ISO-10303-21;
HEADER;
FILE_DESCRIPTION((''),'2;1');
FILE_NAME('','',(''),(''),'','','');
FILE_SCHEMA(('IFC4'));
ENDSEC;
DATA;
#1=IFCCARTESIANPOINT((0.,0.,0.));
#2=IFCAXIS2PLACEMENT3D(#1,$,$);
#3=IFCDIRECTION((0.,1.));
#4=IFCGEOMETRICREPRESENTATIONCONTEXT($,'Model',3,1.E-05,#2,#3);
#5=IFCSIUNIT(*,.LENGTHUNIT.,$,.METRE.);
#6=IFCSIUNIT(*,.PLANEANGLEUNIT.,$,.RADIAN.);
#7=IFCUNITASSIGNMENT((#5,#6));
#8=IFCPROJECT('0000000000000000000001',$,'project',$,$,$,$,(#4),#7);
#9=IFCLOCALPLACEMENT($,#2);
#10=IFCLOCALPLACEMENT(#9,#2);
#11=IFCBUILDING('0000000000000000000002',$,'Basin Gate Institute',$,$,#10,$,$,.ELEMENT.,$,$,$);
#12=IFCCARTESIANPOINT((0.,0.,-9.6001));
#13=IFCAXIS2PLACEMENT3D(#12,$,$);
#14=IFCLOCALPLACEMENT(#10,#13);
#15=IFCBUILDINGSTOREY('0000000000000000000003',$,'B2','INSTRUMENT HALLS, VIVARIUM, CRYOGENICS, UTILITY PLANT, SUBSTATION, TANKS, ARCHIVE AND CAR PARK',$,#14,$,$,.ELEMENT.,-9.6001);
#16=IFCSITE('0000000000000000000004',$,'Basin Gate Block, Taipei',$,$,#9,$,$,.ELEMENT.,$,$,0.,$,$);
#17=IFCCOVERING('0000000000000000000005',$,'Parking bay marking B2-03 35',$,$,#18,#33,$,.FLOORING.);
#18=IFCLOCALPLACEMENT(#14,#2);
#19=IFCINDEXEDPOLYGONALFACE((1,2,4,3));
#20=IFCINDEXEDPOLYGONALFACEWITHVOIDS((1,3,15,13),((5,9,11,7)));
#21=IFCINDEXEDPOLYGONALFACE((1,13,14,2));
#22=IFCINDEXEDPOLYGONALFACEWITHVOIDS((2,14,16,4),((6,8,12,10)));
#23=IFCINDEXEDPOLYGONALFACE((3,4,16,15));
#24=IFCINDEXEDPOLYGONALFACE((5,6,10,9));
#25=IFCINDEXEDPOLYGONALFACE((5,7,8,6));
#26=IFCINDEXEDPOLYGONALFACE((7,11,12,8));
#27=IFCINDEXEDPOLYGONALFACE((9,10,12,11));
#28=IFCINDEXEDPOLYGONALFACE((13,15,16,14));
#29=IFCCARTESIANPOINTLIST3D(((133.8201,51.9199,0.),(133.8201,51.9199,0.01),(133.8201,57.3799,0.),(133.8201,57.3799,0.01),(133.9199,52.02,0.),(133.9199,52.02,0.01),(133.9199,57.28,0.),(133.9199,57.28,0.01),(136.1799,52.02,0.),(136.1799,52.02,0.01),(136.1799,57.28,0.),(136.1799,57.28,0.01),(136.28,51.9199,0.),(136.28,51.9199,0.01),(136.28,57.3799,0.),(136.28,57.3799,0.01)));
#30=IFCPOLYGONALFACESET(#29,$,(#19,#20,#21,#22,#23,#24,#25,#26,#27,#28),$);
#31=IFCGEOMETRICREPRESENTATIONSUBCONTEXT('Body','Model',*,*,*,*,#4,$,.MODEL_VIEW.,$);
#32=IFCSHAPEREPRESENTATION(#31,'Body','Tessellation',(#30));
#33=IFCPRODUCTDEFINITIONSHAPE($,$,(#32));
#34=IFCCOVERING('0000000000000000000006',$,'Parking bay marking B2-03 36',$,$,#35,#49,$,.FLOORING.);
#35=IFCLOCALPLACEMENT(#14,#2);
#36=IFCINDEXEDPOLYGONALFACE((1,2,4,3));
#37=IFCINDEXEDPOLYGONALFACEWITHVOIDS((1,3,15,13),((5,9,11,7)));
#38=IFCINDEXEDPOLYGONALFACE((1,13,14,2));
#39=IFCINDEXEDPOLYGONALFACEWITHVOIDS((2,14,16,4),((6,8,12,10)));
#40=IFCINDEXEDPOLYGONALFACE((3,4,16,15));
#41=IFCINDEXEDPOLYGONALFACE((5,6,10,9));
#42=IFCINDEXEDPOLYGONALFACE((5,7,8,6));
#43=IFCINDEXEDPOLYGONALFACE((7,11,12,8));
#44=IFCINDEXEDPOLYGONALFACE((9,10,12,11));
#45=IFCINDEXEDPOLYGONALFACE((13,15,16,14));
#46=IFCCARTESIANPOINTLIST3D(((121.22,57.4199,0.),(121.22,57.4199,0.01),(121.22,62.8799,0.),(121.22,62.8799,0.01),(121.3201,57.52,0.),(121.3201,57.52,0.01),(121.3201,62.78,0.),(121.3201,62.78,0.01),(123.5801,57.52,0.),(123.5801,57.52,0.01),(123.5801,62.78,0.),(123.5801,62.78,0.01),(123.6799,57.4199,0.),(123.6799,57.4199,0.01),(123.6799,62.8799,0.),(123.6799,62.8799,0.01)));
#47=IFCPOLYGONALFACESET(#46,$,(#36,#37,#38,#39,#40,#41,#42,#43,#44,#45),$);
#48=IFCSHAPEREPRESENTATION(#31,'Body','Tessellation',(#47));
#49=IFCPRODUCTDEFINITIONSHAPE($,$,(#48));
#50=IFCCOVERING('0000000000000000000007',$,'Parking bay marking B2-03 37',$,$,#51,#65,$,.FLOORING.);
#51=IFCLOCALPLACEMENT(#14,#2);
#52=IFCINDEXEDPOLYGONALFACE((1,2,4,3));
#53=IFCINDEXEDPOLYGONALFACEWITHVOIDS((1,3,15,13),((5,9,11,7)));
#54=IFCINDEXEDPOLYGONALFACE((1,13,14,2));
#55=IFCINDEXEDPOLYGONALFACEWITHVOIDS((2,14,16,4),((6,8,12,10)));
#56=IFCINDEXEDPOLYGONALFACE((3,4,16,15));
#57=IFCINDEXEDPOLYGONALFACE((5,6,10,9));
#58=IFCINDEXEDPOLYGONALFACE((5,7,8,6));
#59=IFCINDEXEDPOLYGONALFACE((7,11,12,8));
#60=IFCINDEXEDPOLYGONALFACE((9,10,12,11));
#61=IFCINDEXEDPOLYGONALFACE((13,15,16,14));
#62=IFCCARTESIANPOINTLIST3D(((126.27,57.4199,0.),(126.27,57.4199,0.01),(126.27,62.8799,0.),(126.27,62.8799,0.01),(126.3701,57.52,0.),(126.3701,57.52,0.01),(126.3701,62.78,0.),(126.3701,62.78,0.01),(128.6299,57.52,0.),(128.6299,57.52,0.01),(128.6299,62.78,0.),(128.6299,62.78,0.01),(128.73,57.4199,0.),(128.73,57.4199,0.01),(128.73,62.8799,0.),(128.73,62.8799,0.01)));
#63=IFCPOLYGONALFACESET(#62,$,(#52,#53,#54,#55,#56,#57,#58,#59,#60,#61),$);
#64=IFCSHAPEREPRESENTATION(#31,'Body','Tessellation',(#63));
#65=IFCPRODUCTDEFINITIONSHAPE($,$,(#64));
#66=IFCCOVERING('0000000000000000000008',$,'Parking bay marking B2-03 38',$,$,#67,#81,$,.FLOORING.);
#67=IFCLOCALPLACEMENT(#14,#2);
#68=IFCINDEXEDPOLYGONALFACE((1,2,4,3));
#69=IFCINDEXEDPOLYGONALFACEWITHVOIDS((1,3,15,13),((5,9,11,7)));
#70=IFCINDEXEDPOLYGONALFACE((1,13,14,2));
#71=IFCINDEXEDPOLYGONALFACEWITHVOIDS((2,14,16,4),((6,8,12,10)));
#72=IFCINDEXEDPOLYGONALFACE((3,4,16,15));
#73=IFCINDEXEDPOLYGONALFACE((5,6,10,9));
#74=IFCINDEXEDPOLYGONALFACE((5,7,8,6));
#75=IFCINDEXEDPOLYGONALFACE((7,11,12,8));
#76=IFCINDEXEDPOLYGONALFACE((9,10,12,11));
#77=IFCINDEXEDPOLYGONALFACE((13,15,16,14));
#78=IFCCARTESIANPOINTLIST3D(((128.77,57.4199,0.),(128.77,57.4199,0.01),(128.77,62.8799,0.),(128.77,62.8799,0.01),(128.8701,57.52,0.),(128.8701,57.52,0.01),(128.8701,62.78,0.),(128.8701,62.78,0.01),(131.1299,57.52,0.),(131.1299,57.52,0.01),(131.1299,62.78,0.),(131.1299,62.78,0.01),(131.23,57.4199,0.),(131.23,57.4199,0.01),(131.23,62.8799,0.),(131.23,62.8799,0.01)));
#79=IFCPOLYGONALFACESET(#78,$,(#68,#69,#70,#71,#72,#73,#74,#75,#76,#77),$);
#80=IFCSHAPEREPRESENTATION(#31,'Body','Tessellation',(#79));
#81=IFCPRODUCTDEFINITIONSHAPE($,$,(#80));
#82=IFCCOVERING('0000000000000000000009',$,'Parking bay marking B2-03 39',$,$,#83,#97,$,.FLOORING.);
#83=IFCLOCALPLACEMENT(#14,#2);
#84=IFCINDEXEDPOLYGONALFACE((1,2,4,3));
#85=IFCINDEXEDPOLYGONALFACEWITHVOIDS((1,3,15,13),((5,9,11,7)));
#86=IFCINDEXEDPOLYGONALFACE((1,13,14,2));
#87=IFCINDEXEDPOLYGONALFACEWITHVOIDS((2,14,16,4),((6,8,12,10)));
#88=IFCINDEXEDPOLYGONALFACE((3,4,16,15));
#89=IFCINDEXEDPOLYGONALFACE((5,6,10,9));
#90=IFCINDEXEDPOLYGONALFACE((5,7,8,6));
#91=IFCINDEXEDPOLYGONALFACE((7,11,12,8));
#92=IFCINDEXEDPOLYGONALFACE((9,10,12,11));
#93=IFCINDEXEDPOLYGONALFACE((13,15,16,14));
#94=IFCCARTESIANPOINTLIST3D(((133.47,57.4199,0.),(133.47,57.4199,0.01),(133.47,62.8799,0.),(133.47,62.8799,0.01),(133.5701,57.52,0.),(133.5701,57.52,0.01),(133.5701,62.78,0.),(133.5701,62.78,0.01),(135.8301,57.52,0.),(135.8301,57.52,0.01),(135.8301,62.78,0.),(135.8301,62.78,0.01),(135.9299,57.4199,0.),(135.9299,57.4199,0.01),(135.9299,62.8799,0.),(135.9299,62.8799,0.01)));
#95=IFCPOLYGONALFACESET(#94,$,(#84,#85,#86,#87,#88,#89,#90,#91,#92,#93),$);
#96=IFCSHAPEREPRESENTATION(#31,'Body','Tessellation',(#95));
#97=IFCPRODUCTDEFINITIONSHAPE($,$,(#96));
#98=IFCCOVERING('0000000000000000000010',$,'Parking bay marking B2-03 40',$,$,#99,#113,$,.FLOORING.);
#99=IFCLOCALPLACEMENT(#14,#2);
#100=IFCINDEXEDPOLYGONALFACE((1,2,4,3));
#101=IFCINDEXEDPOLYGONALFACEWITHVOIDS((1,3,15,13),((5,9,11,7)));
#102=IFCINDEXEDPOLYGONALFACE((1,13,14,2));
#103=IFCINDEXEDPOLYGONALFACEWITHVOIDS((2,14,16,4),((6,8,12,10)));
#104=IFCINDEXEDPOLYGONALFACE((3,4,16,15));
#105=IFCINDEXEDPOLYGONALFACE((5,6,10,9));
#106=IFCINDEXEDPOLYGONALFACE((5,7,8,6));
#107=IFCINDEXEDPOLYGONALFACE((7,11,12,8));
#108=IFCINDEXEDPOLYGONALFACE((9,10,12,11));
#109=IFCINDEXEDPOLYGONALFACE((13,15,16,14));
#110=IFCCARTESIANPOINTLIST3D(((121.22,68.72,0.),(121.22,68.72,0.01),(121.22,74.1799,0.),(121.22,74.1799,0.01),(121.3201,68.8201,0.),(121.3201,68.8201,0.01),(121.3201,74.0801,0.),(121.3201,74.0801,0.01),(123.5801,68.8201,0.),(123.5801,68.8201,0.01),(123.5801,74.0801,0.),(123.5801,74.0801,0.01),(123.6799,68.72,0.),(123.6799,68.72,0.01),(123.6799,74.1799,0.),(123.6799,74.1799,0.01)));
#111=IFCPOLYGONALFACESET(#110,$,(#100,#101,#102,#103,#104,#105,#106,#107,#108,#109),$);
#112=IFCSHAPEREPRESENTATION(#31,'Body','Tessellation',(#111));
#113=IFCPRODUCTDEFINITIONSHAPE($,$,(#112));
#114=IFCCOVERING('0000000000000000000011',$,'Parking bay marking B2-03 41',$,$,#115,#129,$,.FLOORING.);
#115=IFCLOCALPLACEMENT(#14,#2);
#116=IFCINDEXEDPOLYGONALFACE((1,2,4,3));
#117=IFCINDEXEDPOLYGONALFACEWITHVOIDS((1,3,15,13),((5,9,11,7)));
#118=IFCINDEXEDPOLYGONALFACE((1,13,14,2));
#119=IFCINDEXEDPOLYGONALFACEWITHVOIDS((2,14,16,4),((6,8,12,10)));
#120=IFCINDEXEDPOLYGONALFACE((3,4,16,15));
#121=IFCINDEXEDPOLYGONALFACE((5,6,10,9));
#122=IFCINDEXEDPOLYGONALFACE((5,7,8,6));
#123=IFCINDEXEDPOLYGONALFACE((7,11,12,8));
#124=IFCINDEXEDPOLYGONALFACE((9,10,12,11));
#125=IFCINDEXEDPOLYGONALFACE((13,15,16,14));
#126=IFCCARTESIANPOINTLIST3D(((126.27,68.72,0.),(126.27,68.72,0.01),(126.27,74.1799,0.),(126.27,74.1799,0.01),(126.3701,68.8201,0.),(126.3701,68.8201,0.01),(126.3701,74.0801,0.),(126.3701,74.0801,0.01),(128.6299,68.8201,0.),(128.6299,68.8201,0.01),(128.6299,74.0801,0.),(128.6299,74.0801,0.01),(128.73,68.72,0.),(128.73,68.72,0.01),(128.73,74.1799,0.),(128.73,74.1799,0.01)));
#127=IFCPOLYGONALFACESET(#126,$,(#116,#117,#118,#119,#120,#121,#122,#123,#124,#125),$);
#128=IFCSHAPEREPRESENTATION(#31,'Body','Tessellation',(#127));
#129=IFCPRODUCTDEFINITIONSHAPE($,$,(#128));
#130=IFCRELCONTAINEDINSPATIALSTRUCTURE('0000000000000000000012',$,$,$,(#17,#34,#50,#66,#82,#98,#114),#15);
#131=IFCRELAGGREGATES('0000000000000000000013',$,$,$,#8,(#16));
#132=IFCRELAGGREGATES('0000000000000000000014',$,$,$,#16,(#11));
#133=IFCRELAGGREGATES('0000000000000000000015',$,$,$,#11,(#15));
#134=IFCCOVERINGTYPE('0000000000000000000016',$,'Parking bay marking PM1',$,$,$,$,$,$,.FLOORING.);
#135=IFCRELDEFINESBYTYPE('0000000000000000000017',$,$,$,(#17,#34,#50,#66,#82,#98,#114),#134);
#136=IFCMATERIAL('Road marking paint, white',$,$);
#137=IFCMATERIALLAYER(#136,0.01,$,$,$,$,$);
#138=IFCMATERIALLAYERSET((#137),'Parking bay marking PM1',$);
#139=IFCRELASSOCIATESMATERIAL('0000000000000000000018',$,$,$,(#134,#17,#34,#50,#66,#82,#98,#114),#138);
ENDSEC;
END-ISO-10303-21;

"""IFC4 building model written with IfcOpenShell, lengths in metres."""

from ifc_helpers import new_model, si_unit, direction, frame, origin, place, context, subcontext, project, spatial, polyline, outline, extrude, material, layer, layer_set, type_object, element, save


model = new_model("IFC4")

# Units and contexts
model_context = context("Model", 3, precision=1e-05, world=origin(), true_north=direction((0.0, 1.0)))
body_context = subcontext(model_context, "Body", "Model", "MODEL_VIEW")
ifc_project = project(units=[si_unit("LENGTHUNIT", "METRE"), si_unit("PLANEANGLEUNIT", "RADIAN")], contexts=[model_context])

# Site, building, storey
site_placement = place(None, origin())
site = spatial("IfcSite", under=ifc_project, at=site_placement, Name="Basin Gate Block, Taipei", CompositionType="ELEMENT", RefElevation=0.0)
building_placement = place(site_placement, origin())
building = spatial("IfcBuilding", under=site, at=building_placement, Name="Basin Gate Institute", CompositionType="ELEMENT")
storey_placement = place(building_placement, frame((0.0, 0.0, -9.6001)))
storey = spatial("IfcBuildingStorey", under=building, at=storey_placement, Name="B2", Description="INSTRUMENT HALLS, VIVARIUM, CRYOGENICS, UTILITY PLANT, SUBSTATION, TANKS, ARCHIVE AND CAR PARK", CompositionType="ELEMENT", Elevation=-9.6001)

# Coverings
ifc_material_1 = material(Name="Road marking paint, white")
ifc_layer_1 = layer(ifc_material_1, 0.01)
ifc_layer_set_1 = layer_set([ifc_layer_1], Name="Parking bay marking PM1")
covering_type = type_object("IfcCoveringType", Name="Parking bay marking PM1", PredefinedType="FLOORING", material=ifc_layer_set_1)
covering_1_placement = place(storey_placement, origin())
element("IfcCovering", 1, at=covering_1_placement, inside=storey, type_object=covering_type, material=ifc_layer_set_1, Name="Parking bay marking B2-03 35", PredefinedType="FLOORING", context=body_context, shape_type="SweptSolid", body=[
    extrude(outline(polyline([(133.8201, 51.9199), (136.28, 51.9199), (136.28, 57.3799), (133.8201, 57.3799), (133.8201, 51.9199)]), holes=[polyline([(133.9199, 52.02), (136.1799, 52.02), (136.1799, 57.28), (133.9199, 57.28), (133.9199, 52.02)])]), origin(), (0.0, 0.0, 1.0), 0.01),
])
covering_2_placement = place(storey_placement, origin())
element("IfcCovering", 2, at=covering_2_placement, inside=storey, type_object=covering_type, material=ifc_layer_set_1, Name="Parking bay marking B2-03 36", PredefinedType="FLOORING", context=body_context, shape_type="SweptSolid", body=[
    extrude(outline(polyline([(121.22, 57.4199), (123.6799, 57.4199), (123.6799, 62.8799), (121.22, 62.8799), (121.22, 57.4199)]), holes=[polyline([(121.3201, 57.52), (123.5801, 57.52), (123.5801, 62.78), (121.3201, 62.78), (121.3201, 57.52)])]), origin(), (0.0, 0.0, 1.0), 0.01),
])
covering_3_placement = place(storey_placement, origin())
element("IfcCovering", 3, at=covering_3_placement, inside=storey, type_object=covering_type, material=ifc_layer_set_1, Name="Parking bay marking B2-03 37", PredefinedType="FLOORING", context=body_context, shape_type="SweptSolid", body=[
    extrude(outline(polyline([(126.27, 57.4199), (128.73, 57.4199), (128.73, 62.8799), (126.27, 62.8799), (126.27, 57.4199)]), holes=[polyline([(126.3701, 57.52), (128.6299, 57.52), (128.6299, 62.78), (126.3701, 62.78), (126.3701, 57.52)])]), origin(), (0.0, 0.0, 1.0), 0.01),
])
covering_4_placement = place(storey_placement, origin())
element("IfcCovering", 4, at=covering_4_placement, inside=storey, type_object=covering_type, material=ifc_layer_set_1, Name="Parking bay marking B2-03 38", PredefinedType="FLOORING", context=body_context, shape_type="SweptSolid", body=[
    extrude(outline(polyline([(128.77, 57.4199), (131.23, 57.4199), (131.23, 62.8799), (128.77, 62.8799), (128.77, 57.4199)]), holes=[polyline([(128.8701, 57.52), (131.1299, 57.52), (131.1299, 62.78), (128.8701, 62.78), (128.8701, 57.52)])]), origin(), (0.0, 0.0, 1.0), 0.01),
])
covering_5_placement = place(storey_placement, origin())
element("IfcCovering", 5, at=covering_5_placement, inside=storey, type_object=covering_type, material=ifc_layer_set_1, Name="Parking bay marking B2-03 39", PredefinedType="FLOORING", context=body_context, shape_type="SweptSolid", body=[
    extrude(outline(polyline([(133.47, 57.4199), (135.9299, 57.4199), (135.9299, 62.8799), (133.47, 62.8799), (133.47, 57.4199)]), holes=[polyline([(133.5701, 57.52), (135.8301, 57.52), (135.8301, 62.78), (133.5701, 62.78), (133.5701, 57.52)])]), origin(), (0.0, 0.0, 1.0), 0.01),
])
covering_6_placement = place(storey_placement, origin())
element("IfcCovering", 6, at=covering_6_placement, inside=storey, type_object=covering_type, material=ifc_layer_set_1, Name="Parking bay marking B2-03 40", PredefinedType="FLOORING", context=body_context, shape_type="SweptSolid", body=[
    extrude(outline(polyline([(121.22, 68.72), (123.6799, 68.72), (123.6799, 74.1799), (121.22, 74.1799), (121.22, 68.72)]), holes=[polyline([(121.3201, 68.8201), (123.5801, 68.8201), (123.5801, 74.0801), (121.3201, 74.0801), (121.3201, 68.8201)])]), origin(), (0.0, 0.0, 1.0), 0.01),
])
covering_7_placement = place(storey_placement, origin())
element("IfcCovering", 7, at=covering_7_placement, inside=storey, type_object=covering_type, material=ifc_layer_set_1, Name="Parking bay marking B2-03 41", PredefinedType="FLOORING", context=body_context, shape_type="SweptSolid", body=[
    extrude(outline(polyline([(126.27, 68.72), (128.73, 68.72), (128.73, 74.1799), (126.27, 74.1799), (126.27, 68.72)]), holes=[polyline([(126.3701, 68.8201), (128.6299, 68.8201), (128.6299, 74.0801), (126.3701, 74.0801), (126.3701, 68.8201)])]), origin(), (0.0, 0.0, 1.0), 0.01),
])

save(model, "model.ifc")
